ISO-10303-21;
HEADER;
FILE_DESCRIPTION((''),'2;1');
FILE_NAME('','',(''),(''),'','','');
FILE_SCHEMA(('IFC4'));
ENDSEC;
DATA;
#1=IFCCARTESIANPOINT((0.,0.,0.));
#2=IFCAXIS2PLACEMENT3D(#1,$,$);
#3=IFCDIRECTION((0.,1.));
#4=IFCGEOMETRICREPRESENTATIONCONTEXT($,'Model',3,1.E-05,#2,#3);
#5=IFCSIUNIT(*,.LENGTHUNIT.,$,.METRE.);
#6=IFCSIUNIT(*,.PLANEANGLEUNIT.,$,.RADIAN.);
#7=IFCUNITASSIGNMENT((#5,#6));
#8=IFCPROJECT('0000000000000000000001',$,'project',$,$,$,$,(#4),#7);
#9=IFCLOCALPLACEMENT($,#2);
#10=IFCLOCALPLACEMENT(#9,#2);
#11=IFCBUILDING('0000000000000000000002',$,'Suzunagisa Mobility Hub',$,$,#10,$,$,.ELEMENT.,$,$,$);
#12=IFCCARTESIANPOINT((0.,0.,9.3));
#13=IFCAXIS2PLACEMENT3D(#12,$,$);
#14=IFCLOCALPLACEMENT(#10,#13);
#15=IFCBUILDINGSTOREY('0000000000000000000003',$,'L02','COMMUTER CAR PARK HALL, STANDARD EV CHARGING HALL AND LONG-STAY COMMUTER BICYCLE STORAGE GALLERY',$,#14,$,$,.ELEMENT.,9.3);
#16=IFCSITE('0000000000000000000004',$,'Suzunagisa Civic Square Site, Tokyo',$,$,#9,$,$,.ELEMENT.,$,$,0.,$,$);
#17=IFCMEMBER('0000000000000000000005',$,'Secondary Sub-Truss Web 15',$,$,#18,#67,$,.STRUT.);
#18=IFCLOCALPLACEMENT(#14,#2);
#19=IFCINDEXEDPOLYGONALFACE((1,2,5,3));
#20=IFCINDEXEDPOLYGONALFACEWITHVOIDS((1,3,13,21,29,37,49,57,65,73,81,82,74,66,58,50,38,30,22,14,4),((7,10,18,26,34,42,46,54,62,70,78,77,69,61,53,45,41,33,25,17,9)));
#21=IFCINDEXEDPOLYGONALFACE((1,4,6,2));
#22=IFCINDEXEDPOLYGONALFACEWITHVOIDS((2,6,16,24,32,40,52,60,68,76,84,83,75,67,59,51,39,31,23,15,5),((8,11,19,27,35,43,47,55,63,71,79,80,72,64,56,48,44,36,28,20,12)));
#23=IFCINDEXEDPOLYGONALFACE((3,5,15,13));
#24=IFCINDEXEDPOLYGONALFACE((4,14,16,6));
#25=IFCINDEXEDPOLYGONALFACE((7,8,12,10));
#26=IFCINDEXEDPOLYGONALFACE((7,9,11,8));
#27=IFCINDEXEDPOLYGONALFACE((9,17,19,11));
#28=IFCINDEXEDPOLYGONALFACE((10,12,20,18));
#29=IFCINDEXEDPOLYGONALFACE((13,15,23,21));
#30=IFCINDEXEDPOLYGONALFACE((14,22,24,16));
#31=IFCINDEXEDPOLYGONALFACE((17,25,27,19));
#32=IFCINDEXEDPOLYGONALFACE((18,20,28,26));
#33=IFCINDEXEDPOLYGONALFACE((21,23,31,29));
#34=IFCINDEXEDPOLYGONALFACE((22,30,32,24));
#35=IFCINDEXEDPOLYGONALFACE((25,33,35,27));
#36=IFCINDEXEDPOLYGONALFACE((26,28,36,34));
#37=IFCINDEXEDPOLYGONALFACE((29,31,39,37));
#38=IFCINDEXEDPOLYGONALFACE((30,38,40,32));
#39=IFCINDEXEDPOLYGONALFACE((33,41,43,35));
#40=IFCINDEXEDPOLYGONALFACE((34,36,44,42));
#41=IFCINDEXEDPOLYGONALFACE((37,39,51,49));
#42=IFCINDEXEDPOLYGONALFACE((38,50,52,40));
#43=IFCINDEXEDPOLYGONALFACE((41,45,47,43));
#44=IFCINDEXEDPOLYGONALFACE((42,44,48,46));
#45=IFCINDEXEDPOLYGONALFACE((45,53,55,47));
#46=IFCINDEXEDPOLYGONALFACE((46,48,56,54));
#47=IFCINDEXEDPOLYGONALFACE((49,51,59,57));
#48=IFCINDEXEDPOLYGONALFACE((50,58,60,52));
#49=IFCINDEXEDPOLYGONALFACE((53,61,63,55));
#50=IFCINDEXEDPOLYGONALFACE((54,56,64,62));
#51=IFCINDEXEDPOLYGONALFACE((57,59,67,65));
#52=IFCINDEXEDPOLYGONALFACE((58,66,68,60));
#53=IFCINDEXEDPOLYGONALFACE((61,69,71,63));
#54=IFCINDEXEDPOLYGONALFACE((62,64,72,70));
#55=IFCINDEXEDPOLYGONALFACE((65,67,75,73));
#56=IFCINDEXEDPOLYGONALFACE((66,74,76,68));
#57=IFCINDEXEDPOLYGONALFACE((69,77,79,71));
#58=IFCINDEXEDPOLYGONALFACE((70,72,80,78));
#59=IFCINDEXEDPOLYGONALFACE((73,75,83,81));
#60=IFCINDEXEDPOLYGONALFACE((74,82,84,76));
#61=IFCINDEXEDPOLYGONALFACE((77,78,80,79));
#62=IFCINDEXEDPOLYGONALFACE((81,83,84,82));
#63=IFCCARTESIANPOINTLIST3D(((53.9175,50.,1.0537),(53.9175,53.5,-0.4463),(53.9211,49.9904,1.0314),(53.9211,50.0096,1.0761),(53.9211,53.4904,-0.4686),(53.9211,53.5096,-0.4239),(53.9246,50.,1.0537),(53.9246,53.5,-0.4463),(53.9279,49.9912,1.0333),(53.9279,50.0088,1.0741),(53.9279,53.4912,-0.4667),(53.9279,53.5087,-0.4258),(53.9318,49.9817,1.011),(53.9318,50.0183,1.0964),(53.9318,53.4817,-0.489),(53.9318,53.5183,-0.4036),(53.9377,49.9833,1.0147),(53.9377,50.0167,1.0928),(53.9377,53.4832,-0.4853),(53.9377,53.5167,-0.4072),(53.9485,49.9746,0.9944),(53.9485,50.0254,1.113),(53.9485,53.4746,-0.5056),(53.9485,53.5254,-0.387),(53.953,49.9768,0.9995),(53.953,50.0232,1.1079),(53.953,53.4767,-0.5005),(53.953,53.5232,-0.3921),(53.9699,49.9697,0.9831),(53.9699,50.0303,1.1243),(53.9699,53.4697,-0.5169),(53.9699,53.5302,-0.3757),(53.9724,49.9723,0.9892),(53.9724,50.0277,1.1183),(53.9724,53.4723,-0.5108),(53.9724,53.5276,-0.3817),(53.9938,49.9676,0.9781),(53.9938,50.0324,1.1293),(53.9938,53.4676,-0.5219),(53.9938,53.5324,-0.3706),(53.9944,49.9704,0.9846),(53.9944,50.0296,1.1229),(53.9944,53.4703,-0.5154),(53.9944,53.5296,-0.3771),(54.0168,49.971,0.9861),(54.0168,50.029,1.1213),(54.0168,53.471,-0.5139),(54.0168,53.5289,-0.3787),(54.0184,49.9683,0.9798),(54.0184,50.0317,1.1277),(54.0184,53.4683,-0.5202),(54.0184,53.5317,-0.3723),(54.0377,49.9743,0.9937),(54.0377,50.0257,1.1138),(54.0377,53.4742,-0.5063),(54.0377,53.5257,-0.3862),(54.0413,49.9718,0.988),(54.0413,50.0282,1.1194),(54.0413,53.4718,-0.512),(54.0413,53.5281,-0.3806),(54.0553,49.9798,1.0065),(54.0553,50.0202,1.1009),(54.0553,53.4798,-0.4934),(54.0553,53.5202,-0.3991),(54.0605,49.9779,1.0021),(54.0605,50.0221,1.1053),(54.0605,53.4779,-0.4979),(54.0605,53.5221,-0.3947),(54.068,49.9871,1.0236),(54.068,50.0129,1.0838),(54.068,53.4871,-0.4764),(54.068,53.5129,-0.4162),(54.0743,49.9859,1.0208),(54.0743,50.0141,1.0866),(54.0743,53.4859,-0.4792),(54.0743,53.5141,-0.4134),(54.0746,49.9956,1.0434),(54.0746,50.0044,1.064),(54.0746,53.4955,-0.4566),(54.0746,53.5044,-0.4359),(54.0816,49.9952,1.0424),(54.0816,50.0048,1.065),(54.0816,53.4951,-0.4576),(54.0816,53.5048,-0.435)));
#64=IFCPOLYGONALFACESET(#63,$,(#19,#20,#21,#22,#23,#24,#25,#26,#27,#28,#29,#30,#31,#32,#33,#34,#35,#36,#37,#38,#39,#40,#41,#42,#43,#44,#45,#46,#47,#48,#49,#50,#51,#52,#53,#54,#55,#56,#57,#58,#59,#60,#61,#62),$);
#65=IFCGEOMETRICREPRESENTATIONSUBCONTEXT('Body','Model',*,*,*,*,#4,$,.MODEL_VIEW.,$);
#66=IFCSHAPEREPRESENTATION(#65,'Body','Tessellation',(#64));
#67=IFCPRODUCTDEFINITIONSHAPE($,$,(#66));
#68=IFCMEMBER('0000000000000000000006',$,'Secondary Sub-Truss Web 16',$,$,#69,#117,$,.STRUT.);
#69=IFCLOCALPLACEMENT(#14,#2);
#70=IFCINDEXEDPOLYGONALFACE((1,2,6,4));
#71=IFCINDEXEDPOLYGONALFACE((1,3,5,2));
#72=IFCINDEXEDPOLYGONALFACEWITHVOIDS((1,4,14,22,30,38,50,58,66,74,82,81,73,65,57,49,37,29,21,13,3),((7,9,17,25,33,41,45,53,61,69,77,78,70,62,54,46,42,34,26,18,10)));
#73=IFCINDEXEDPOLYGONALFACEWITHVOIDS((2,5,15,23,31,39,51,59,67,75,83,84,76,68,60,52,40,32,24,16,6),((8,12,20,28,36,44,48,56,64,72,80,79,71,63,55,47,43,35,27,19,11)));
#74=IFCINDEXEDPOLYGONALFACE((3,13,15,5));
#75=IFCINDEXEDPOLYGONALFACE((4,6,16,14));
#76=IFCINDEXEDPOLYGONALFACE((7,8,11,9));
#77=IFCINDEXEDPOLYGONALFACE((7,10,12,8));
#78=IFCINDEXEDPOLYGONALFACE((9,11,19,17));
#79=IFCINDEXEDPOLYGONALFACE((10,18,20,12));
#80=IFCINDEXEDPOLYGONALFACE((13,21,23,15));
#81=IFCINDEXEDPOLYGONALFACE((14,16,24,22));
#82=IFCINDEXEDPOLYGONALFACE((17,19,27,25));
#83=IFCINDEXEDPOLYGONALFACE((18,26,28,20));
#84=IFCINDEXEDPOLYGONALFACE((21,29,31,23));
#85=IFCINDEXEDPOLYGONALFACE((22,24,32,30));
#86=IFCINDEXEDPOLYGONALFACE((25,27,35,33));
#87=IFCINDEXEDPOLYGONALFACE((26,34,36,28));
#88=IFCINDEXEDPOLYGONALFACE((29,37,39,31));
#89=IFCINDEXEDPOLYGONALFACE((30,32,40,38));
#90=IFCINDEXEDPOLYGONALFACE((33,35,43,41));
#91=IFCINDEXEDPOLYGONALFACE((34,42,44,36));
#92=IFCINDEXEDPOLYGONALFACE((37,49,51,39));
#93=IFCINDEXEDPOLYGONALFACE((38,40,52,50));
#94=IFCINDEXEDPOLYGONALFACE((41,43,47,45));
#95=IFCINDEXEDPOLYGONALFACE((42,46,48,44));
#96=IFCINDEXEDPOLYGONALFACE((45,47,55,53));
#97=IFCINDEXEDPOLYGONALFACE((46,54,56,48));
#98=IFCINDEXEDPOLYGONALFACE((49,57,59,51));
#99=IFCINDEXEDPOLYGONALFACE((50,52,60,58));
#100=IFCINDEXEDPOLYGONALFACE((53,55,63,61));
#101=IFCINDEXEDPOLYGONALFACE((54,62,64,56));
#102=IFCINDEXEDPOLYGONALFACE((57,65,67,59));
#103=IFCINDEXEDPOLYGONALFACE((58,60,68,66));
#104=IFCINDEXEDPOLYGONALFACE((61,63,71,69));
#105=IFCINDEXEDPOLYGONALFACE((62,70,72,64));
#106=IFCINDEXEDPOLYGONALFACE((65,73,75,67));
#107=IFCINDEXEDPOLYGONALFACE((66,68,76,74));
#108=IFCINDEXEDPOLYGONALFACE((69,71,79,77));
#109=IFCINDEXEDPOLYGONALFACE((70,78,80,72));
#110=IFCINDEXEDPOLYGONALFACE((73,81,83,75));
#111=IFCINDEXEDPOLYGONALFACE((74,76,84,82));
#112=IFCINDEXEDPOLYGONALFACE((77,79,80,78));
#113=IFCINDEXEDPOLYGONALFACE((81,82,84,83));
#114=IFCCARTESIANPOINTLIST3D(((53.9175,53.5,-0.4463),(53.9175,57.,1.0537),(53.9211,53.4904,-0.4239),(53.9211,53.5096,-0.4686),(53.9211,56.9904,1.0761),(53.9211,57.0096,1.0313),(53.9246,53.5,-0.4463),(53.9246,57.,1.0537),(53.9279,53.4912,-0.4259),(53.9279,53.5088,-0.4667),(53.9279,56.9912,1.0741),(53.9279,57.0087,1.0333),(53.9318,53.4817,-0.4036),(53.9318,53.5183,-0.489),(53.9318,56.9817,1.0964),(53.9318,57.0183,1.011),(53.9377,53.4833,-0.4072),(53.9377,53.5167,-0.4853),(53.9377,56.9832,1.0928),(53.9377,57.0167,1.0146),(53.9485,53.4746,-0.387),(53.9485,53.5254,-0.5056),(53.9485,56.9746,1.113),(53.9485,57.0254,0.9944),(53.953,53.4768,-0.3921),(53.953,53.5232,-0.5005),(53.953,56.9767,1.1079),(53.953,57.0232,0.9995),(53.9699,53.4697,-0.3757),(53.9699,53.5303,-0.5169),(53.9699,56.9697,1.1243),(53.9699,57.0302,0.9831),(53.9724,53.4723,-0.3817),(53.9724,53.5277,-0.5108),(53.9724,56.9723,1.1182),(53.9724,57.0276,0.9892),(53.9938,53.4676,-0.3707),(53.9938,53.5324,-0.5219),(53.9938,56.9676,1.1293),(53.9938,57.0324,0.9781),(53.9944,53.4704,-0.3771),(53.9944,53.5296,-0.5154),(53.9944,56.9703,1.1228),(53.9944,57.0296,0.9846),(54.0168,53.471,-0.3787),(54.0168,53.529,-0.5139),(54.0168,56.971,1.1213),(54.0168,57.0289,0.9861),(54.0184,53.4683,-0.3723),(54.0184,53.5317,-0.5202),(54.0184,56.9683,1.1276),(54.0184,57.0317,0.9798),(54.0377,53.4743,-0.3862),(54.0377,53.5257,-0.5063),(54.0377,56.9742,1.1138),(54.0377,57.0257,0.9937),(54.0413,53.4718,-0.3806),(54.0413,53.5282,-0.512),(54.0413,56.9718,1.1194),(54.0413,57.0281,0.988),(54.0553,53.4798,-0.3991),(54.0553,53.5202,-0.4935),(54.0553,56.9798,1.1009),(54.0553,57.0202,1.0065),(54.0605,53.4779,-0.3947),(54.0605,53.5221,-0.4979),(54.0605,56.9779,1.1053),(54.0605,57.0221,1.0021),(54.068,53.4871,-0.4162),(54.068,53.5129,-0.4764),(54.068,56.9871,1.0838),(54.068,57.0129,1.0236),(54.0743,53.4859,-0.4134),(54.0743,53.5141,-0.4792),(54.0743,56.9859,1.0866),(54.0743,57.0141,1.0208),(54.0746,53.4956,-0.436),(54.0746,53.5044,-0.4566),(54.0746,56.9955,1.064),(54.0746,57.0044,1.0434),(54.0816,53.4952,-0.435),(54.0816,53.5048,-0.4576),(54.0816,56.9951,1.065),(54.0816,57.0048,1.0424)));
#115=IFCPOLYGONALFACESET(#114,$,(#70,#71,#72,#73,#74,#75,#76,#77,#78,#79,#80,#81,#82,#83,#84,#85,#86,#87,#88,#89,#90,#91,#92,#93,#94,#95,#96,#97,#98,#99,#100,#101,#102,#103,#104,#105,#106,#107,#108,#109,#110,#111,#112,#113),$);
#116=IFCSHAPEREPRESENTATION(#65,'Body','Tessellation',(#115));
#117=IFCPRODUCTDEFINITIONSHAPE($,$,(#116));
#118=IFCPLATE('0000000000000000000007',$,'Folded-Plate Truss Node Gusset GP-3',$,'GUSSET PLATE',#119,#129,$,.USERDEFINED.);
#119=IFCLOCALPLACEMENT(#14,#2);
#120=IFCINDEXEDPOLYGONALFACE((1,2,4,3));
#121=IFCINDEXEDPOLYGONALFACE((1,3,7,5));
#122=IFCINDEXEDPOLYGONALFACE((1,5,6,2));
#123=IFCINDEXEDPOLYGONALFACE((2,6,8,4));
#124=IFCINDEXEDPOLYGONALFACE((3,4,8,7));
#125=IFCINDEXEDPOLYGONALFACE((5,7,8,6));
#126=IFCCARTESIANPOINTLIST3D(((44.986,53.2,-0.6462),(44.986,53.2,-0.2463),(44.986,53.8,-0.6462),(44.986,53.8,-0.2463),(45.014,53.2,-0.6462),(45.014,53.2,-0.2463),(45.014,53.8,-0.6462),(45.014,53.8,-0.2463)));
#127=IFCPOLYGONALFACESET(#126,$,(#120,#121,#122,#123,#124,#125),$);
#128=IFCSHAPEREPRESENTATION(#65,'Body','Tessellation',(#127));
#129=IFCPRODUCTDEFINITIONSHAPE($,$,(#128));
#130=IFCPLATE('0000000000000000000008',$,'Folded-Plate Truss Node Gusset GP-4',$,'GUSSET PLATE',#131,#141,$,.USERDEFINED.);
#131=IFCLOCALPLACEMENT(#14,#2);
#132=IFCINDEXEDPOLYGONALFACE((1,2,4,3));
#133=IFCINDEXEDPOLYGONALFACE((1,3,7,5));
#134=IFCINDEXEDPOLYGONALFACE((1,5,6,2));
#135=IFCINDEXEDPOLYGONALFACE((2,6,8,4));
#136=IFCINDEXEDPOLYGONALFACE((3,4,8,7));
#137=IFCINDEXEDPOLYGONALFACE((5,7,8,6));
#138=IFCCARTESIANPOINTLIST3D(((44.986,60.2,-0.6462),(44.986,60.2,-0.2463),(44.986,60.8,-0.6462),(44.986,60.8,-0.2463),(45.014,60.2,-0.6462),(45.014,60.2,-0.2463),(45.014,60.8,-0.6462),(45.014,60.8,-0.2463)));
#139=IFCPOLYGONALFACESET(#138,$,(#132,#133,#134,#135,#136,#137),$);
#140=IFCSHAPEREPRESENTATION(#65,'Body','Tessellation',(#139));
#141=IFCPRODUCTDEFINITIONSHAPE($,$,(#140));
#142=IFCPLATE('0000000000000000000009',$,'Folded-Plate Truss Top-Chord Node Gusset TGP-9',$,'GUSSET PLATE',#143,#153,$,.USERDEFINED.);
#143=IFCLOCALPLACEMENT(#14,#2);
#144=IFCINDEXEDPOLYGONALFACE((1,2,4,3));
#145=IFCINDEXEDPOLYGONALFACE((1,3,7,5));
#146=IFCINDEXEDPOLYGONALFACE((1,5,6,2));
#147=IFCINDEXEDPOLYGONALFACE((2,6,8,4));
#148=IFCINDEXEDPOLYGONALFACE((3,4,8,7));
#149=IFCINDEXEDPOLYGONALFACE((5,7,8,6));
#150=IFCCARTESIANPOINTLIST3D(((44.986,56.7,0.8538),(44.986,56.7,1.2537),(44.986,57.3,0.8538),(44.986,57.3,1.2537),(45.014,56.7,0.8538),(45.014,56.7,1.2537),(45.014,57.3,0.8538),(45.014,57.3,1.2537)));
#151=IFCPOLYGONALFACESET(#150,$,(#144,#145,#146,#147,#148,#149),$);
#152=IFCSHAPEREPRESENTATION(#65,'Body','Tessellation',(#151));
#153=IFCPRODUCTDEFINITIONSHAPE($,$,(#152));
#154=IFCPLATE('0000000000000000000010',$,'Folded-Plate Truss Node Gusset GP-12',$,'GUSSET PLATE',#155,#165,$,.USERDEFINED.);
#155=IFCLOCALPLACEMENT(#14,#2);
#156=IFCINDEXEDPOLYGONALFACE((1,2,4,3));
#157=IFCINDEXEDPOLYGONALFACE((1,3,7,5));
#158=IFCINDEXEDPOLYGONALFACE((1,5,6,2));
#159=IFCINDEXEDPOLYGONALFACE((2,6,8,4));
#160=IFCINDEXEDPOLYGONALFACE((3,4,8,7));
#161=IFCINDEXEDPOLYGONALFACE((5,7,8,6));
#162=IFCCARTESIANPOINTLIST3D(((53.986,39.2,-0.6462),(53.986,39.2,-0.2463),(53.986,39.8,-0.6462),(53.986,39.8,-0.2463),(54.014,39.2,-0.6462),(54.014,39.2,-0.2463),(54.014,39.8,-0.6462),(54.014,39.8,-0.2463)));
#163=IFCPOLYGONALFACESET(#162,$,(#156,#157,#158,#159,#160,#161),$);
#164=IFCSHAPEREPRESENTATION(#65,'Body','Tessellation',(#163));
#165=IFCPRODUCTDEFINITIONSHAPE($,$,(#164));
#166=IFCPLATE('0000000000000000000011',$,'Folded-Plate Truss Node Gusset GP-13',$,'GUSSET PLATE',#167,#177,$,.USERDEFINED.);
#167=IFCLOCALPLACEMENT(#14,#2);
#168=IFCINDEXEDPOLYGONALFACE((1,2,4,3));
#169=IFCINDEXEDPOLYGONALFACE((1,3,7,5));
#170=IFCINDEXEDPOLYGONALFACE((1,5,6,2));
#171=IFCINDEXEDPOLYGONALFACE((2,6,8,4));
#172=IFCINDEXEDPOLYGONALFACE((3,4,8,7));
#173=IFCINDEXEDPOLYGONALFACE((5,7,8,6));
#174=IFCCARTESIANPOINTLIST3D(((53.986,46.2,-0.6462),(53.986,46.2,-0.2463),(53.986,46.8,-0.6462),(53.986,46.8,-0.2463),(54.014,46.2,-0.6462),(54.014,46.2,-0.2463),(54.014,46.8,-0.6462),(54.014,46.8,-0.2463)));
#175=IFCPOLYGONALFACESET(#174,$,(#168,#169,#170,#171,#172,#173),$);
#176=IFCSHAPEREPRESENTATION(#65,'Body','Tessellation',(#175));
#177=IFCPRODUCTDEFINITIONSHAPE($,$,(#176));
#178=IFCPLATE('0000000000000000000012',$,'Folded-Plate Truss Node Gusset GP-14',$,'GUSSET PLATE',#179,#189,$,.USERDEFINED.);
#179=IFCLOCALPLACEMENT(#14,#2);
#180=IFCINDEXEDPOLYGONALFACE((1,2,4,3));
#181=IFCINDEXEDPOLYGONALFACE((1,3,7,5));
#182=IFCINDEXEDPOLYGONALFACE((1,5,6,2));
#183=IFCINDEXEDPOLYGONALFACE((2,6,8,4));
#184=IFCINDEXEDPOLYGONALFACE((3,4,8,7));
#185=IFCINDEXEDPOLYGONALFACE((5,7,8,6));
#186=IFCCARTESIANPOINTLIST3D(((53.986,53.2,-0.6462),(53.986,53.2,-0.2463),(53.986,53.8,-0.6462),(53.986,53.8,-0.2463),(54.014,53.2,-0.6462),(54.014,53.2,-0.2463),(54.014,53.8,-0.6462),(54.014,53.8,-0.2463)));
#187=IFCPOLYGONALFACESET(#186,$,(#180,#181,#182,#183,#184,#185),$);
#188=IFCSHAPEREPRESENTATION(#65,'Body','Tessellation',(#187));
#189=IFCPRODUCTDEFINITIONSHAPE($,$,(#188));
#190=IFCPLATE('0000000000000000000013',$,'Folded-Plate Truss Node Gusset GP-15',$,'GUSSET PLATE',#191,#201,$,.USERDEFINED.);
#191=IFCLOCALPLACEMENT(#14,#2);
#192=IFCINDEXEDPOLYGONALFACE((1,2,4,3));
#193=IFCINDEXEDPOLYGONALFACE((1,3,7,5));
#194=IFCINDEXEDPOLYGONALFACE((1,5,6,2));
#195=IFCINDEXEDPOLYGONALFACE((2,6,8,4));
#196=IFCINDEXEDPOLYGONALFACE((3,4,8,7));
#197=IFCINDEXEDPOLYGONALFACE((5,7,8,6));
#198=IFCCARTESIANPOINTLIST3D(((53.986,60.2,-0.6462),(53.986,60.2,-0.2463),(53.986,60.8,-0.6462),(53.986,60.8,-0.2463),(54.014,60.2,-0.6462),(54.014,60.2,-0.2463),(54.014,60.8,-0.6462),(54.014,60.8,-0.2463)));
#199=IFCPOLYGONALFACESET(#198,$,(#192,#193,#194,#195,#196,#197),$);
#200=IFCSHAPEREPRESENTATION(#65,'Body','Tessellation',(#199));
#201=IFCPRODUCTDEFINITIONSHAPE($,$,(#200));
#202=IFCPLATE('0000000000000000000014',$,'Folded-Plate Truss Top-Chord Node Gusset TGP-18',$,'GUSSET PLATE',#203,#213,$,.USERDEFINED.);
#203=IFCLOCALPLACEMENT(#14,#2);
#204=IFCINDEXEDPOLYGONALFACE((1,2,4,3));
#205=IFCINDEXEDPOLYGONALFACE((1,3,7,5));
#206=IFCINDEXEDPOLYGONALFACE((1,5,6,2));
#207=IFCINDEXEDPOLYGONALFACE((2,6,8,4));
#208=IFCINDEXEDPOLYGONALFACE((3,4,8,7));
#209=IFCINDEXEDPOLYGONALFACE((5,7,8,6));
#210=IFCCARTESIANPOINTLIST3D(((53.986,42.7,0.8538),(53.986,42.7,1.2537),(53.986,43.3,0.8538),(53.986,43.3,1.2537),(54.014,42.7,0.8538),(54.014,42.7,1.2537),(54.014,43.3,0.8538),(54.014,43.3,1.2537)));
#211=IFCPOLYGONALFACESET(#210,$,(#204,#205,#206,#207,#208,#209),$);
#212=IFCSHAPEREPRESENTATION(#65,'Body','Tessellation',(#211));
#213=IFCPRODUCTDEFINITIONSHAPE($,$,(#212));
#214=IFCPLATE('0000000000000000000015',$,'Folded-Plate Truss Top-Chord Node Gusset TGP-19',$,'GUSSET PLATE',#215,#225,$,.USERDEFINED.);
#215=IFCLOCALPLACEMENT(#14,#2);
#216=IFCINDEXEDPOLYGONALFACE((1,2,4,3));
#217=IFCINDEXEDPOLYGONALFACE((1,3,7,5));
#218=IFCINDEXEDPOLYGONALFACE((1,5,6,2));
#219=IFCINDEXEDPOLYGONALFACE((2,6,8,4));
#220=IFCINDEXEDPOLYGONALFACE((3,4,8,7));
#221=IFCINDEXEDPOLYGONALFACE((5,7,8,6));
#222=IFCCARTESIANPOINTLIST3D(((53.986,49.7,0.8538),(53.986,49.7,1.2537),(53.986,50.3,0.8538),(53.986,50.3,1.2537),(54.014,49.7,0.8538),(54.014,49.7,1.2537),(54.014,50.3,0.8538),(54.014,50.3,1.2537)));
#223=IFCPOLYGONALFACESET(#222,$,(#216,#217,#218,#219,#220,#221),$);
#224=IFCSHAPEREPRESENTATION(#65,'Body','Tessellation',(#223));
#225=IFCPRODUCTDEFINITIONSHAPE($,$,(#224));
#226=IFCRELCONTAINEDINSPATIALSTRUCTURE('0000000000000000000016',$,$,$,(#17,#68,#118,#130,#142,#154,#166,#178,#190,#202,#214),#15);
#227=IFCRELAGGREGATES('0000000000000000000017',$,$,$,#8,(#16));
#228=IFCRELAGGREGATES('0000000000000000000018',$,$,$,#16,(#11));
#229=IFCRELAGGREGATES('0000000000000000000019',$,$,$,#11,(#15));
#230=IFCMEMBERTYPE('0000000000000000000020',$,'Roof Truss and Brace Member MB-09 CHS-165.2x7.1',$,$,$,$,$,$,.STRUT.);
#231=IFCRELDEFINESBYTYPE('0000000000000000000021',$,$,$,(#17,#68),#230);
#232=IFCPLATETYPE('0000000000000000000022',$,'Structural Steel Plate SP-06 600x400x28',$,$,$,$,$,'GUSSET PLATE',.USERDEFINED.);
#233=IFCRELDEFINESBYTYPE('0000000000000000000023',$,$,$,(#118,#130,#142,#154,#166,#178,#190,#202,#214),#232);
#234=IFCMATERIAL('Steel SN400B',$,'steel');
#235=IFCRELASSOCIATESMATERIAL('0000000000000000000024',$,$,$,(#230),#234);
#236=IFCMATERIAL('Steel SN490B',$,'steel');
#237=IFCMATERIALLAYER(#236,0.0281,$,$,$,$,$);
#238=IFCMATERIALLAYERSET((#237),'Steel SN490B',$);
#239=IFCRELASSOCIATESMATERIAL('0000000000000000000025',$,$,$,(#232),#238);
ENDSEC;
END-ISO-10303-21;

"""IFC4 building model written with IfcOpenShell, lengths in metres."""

from ifc_helpers import new_model, si_unit, direction, frame, origin, origin_2d, place, context, subcontext, project, spatial, rectangle, hollow_circle, extrude, material, layer, layer_set, material_profile, profile_set, type_object, element, save


model = new_model("IFC4")

# Units and contexts
model_context = context("Model", 3, precision=1e-05, world=origin(), true_north=direction((0.0, 1.0)))
body_context = subcontext(model_context, "Body", "Model", "MODEL_VIEW")
ifc_project = project(units=[si_unit("LENGTHUNIT", "METRE"), si_unit("PLANEANGLEUNIT", "RADIAN")], contexts=[model_context])

# Site, building, storey
site_placement = place(None, origin())
site = spatial("IfcSite", under=ifc_project, at=site_placement, Name="Suzunagisa Civic Square Site, Tokyo", CompositionType="ELEMENT", RefElevation=0.0)
building_placement = place(site_placement, origin())
building = spatial("IfcBuilding", under=site, at=building_placement, Name="Suzunagisa Mobility Hub", CompositionType="ELEMENT")
storey_placement = place(building_placement, frame((0.0, 0.0, 9.3)))
storey = spatial("IfcBuildingStorey", under=building, at=storey_placement, Name="L02", Description="COMMUTER CAR PARK HALL, STANDARD EV CHARGING HALL AND LONG-STAY COMMUTER BICYCLE STORAGE GALLERY", CompositionType="ELEMENT", Elevation=9.3)

# Members
ifc_material_1 = material(Name="Steel SN490B", Category="steel")
ifc_material_2 = material(Name="Steel SN400B", Category="steel")
ifc_material_profile_1 = material_profile(ifc_material_2, hollow_circle(Radius=0.0825, WallThickness=0.0071, at=origin_2d()), Name="CHS-165.2x7.1")
ifc_profile_set_1 = profile_set([ifc_material_profile_1], Name="Steel SN400B")
member_type_1 = type_object("IfcMemberType", Name="Roof Truss and Brace Member MB-09 CHS-165.2x7.1", PredefinedType="STRUT", material=ifc_profile_set_1)
for number, where, z_axis, x_axis, name in (
    (1, (54.0, 50.0, 1.0537), (0.0, 0.919145, -0.393919), (-1.0, 0.0, 0.0), "Secondary Sub-Truss Web 15"),
    (2, (54.0, 53.5, -0.4463), (0.0, 0.919145, 0.393919), (-1.0, 0.0, 0.0), "Secondary Sub-Truss Web 16"),
):
    element("IfcMember", number, at=place(storey_placement, frame(where, z_axis=z_axis, x_axis=x_axis)), inside=storey, type_object=member_type_1, Name=name, PredefinedType="STRUT", context=body_context, shape_type="SweptSolid", body=[
        extrude(hollow_circle(Radius=0.0825, WallThickness=0.0071, at=origin_2d()), origin(), (0.0, 0.0, 1.0), 3.8079),
    ])

# Plates
ifc_layer = layer(ifc_material_1, 0.0281)
ifc_layer_set = layer_set([ifc_layer], Name="Steel SN490B")
plate_type = type_object("IfcPlateType", Name="Structural Steel Plate SP-06 600x400x28", ElementType="GUSSET PLATE", PredefinedType="USERDEFINED", material=ifc_layer_set)
for number, where, z_axis, x_axis, name in (
    (3, (45.0, 53.5, -0.6462), (0.0, 0.0, 1.0), (1.0, 0.0, 0.0), "Folded-Plate Truss Node Gusset GP-3"),
    (4, (45.0, 60.5, -0.6462), (0.0, 0.0, 1.0), (1.0, 0.0, 0.0), "Folded-Plate Truss Node Gusset GP-4"),
    (5, (45.0, 57.0, 0.8538), (0.0, 0.0, 1.0), (1.0, 0.0, 0.0), "Folded-Plate Truss Top-Chord Node Gusset TGP-9"),
    (6, (54.0, 39.5, -0.6462), (0.0, 0.0, 1.0), (1.0, 0.0, 0.0), "Folded-Plate Truss Node Gusset GP-12"),
    (7, (54.0, 46.5, -0.6462), (0.0, 0.0, 1.0), (1.0, 0.0, 0.0), "Folded-Plate Truss Node Gusset GP-13"),
    (8, (54.0, 53.5, -0.6462), (0.0, 0.0, 1.0), (1.0, 0.0, 0.0), "Folded-Plate Truss Node Gusset GP-14"),
    (9, (54.0, 60.5, -0.6462), (0.0, 0.0, 1.0), (1.0, 0.0, 0.0), "Folded-Plate Truss Node Gusset GP-15"),
    (10, (54.0, 43.0, 0.8538), (0.0, 0.0, 1.0), (1.0, 0.0, 0.0), "Folded-Plate Truss Top-Chord Node Gusset TGP-18"),
    (11, (54.0, 50.0, 0.8538), (0.0, 0.0, 1.0), (1.0, 0.0, 0.0), "Folded-Plate Truss Top-Chord Node Gusset TGP-19"),
):
    element("IfcPlate", number, at=place(storey_placement, frame(where, z_axis=z_axis, x_axis=x_axis)), inside=storey, type_object=plate_type, Name=name, ObjectType="GUSSET PLATE", PredefinedType="USERDEFINED", context=body_context, shape_type="SweptSolid", body=[
        extrude(rectangle(XDim=0.0281, YDim=0.6001, at=origin_2d()), origin(), (0.0, 0.0, 1.0), 0.3999),
    ])

save(model, "model.ifc")
